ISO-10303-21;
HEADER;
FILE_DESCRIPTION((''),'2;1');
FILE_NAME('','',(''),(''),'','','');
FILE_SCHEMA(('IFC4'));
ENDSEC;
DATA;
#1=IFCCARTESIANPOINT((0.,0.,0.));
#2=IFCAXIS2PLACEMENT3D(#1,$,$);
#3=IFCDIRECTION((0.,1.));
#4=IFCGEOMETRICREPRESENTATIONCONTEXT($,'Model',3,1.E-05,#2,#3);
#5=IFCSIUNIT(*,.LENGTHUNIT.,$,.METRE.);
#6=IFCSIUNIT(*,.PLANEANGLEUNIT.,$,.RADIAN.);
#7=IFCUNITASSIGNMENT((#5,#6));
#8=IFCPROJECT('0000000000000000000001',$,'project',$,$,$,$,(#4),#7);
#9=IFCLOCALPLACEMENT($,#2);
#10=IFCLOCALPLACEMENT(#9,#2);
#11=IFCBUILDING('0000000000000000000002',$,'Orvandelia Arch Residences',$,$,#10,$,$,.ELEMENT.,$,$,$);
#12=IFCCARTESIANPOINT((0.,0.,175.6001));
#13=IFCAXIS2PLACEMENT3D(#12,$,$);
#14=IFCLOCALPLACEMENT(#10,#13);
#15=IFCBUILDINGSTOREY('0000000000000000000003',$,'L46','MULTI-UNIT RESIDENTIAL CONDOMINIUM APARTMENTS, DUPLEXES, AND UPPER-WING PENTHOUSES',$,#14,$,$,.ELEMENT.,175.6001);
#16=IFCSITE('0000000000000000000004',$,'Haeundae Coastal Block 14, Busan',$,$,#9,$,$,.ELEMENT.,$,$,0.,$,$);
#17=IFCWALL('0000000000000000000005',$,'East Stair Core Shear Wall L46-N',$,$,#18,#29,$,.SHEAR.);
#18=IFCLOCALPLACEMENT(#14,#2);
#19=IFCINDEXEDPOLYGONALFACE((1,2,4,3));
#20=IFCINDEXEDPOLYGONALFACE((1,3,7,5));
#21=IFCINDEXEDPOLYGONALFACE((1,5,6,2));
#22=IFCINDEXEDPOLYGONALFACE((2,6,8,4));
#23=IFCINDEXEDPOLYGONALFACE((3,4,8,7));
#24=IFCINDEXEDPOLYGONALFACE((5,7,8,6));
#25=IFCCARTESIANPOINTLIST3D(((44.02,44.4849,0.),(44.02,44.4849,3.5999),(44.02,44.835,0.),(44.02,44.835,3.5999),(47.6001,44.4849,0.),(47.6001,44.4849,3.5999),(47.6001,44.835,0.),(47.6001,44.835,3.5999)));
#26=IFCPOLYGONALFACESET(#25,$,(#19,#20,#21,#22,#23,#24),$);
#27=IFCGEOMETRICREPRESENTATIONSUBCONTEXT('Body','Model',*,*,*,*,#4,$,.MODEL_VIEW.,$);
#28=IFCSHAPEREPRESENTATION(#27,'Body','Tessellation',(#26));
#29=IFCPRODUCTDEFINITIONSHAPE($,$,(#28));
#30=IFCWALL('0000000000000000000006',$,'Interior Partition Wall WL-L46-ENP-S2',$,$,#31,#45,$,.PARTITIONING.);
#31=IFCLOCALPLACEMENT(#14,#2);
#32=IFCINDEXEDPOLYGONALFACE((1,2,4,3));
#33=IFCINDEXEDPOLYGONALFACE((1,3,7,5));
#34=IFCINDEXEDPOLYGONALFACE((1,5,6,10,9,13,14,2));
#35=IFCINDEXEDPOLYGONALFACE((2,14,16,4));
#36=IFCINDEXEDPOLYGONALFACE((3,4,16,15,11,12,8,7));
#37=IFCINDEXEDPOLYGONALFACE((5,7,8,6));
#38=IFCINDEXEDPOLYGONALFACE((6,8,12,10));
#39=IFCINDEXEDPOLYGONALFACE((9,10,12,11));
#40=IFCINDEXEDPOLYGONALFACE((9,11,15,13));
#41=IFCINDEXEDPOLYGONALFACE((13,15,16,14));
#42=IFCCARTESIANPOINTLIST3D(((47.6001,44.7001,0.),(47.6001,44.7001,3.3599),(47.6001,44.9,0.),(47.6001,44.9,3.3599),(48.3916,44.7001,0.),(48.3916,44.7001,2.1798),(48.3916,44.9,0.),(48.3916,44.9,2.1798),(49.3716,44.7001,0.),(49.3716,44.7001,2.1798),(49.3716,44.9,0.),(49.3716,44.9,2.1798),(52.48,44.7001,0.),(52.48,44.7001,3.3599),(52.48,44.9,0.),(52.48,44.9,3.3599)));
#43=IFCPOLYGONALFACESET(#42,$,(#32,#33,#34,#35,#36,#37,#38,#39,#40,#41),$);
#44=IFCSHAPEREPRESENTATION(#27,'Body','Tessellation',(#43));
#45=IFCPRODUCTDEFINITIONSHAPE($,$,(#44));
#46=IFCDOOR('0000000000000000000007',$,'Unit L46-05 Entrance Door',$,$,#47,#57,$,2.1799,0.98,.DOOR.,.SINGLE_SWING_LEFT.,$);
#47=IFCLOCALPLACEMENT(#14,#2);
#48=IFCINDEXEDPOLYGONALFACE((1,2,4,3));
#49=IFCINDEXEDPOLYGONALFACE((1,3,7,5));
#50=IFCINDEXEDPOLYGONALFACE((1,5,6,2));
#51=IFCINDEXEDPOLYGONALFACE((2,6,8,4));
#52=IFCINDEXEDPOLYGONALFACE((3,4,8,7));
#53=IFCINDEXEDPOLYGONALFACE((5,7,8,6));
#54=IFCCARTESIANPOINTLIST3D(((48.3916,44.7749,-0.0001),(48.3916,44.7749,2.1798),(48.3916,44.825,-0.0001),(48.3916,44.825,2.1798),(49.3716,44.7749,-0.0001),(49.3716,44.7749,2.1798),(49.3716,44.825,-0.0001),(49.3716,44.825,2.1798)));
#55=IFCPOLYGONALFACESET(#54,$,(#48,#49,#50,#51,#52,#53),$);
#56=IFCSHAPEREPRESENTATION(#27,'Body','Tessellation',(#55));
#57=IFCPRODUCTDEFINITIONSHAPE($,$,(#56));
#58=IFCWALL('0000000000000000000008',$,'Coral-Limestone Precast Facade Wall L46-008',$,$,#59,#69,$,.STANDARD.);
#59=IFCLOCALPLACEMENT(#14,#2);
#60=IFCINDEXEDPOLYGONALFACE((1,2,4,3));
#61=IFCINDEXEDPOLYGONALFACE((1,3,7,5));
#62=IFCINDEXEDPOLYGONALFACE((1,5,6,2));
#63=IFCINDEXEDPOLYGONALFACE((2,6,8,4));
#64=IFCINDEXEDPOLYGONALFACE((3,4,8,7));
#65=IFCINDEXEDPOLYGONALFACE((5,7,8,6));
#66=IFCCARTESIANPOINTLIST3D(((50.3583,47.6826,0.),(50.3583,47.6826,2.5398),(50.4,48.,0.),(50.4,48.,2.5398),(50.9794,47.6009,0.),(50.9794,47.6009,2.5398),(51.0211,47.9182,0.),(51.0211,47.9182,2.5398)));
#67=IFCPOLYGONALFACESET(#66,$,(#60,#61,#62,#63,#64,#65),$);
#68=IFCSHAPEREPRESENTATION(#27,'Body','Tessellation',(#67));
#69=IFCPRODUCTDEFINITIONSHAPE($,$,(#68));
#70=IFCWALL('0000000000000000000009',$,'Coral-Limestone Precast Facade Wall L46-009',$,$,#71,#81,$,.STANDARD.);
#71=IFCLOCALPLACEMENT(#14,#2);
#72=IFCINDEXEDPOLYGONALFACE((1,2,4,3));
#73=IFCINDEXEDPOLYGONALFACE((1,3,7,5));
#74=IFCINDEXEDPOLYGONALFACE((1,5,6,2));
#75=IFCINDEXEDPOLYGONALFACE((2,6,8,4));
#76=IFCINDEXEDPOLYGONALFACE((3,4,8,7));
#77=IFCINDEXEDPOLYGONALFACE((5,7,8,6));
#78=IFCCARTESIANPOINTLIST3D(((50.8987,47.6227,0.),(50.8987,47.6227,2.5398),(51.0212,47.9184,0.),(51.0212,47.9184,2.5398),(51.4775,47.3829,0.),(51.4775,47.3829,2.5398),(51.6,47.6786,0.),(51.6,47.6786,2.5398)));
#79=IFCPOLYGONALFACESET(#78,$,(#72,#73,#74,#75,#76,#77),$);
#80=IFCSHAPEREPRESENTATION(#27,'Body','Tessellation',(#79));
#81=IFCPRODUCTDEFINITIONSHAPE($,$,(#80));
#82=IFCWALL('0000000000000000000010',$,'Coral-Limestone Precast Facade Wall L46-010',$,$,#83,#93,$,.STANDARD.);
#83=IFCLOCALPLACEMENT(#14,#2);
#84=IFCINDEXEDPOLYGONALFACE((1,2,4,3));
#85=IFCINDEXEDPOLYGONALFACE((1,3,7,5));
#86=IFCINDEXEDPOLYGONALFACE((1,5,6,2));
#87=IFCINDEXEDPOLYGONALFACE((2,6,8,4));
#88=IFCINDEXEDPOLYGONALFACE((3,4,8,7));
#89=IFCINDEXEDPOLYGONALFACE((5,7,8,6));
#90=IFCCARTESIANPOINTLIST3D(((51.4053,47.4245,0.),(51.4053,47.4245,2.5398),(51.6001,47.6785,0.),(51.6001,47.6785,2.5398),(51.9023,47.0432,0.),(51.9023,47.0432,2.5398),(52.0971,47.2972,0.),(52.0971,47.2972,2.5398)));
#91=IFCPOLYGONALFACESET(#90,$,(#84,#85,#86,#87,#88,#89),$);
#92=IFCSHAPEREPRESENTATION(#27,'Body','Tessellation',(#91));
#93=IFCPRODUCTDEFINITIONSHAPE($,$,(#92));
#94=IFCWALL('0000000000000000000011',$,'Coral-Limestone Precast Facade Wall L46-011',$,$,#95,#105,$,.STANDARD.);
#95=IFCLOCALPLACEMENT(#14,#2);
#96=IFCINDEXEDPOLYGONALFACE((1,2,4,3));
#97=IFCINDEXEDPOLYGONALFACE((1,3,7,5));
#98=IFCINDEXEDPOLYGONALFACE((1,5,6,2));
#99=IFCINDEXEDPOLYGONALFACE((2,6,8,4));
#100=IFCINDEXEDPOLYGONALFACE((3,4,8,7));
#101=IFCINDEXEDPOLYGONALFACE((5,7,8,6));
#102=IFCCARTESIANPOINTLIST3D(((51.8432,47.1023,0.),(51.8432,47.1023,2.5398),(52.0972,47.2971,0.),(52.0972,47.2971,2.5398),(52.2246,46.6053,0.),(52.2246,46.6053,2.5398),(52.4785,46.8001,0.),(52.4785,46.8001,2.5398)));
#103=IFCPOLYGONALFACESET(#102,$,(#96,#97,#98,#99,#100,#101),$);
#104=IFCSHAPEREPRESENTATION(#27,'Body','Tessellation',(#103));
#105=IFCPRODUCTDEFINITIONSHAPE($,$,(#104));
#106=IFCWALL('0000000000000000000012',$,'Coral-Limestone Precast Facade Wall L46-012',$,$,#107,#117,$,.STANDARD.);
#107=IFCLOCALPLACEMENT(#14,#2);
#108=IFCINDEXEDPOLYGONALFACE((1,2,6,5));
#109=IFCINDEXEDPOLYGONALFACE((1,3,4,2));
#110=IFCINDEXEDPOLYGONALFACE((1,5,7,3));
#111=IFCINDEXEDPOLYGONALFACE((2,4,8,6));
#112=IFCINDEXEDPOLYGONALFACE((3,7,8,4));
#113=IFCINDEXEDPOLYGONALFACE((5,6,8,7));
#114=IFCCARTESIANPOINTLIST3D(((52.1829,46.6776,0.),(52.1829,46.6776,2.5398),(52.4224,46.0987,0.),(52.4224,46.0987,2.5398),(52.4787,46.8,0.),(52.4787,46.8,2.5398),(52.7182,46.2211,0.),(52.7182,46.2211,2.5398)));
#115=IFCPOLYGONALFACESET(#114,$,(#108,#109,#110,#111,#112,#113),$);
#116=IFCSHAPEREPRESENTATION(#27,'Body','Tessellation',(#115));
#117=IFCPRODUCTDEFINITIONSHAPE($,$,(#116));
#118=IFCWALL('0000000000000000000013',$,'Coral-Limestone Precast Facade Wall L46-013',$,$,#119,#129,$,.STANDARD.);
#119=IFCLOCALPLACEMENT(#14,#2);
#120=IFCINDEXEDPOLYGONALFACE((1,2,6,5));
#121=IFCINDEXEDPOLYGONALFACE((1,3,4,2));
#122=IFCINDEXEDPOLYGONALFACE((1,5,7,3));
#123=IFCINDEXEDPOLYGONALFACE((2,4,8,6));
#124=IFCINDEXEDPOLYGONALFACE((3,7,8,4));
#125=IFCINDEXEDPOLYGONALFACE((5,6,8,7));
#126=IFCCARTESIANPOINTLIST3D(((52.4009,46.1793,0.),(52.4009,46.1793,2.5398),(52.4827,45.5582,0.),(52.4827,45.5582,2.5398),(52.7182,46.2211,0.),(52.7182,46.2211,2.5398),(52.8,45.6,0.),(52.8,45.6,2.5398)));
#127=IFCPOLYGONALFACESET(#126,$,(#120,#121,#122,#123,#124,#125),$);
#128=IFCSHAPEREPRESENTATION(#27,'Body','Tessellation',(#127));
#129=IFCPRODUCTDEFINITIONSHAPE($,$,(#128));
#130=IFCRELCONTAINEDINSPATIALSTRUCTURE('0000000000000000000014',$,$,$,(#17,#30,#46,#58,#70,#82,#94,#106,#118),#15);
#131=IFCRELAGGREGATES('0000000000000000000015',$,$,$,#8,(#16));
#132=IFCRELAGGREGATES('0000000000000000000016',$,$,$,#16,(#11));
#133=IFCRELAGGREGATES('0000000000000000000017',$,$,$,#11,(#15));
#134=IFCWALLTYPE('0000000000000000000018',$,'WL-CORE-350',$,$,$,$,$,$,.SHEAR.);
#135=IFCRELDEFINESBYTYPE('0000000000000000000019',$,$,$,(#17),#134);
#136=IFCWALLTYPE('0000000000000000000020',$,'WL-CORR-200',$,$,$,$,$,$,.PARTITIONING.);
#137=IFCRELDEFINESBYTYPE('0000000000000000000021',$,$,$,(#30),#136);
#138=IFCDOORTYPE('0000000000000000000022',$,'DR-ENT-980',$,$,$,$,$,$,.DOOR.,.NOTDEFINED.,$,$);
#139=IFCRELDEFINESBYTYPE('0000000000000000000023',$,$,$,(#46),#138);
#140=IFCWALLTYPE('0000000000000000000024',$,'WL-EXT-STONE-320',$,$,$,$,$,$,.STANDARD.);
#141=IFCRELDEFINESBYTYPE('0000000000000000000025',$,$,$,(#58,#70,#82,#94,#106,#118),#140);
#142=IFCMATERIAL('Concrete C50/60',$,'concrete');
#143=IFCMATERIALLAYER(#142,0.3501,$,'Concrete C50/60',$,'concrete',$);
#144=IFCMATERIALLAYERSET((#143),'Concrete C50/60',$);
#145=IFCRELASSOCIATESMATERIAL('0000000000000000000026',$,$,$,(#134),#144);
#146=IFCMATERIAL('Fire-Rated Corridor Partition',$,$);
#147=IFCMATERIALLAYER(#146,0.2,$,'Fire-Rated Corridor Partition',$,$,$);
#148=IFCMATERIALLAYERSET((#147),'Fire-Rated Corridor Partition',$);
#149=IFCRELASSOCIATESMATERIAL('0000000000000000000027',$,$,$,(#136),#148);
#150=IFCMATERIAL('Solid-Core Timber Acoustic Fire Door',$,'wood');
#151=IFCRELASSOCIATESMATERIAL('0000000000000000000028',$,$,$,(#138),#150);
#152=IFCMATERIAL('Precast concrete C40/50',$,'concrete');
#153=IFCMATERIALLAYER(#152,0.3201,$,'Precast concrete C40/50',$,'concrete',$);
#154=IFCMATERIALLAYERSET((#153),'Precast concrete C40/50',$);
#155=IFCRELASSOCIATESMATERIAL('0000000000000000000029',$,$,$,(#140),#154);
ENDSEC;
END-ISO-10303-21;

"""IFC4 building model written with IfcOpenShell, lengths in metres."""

from ifc_helpers import new_model, si_unit, direction, frame, frame_2d, origin, place, context, subcontext, project, spatial, rectangle, extrude, material, layer, layer_set, type_object, element, fill, save


model = new_model("IFC4")

# Units and contexts
model_context = context("Model", 3, precision=1e-05, world=origin(), true_north=direction((0.0, 1.0)))
body_context = subcontext(model_context, "Body", "Model", "MODEL_VIEW")
ifc_project = project(units=[si_unit("LENGTHUNIT", "METRE"), si_unit("PLANEANGLEUNIT", "RADIAN")], contexts=[model_context])

# Site, building, storey
site_placement = place(None, origin())
site = spatial("IfcSite", under=ifc_project, at=site_placement, Name="Haeundae Coastal Block 14, Busan", CompositionType="ELEMENT", RefElevation=0.0)
building_placement = place(site_placement, origin())
building = spatial("IfcBuilding", under=site, at=building_placement, Name="Orvandelia Arch Residences", CompositionType="ELEMENT")
storey_placement = place(building_placement, frame((0.0, 0.0, 175.6001)))
storey = spatial("IfcBuildingStorey", under=building, at=storey_placement, Name="L46", Description="MULTI-UNIT RESIDENTIAL CONDOMINIUM APARTMENTS, DUPLEXES, AND UPPER-WING PENTHOUSES", CompositionType="ELEMENT", Elevation=175.6001)

# Wall
ifc_material_1 = material(Name="Concrete C50/60", Category="concrete")
ifc_layer_1 = layer(ifc_material_1, 0.3501, Name="Concrete C50/60", Category="concrete")
ifc_layer_set_1 = layer_set([ifc_layer_1], Name="Concrete C50/60")
wall_type_1 = type_object("IfcWallType", Name="WL-CORE-350", PredefinedType="SHEAR", material=ifc_layer_set_1)
wall_1_placement = place(storey_placement, frame((44.02, 44.6599, 0.0), z_axis=(0.0, 0.0, 1.0), x_axis=(1.0, 0.0, 0.0)))
element("IfcWall", 1, at=wall_1_placement, inside=storey, type_object=wall_type_1, Name="East Stair Core Shear Wall L46-N", PredefinedType="SHEAR", context=body_context, shape_type="SweptSolid", body=[
    extrude(rectangle(XDim=3.5801, YDim=0.3501, at=frame_2d((1.79, 0.0))), origin(), (0.0, 0.0, 1.0), 3.5999),
])

# Wall, opening, door
ifc_material_2 = material(Name="Fire-Rated Corridor Partition")
ifc_layer_2 = layer(ifc_material_2, 0.2, Name="Fire-Rated Corridor Partition")
ifc_layer_set_2 = layer_set([ifc_layer_2], Name="Fire-Rated Corridor Partition")
wall_type_2 = type_object("IfcWallType", Name="WL-CORR-200", PredefinedType="PARTITIONING", material=ifc_layer_set_2)
wall_2_placement = place(storey_placement, frame((47.6001, 44.8, 0.0), z_axis=(0.0, 0.0, 1.0), x_axis=(1.0, 0.0, 0.0)))
wall_2 = element("IfcWall", 2, at=wall_2_placement, inside=storey, type_object=wall_type_2, Name="Interior Partition Wall WL-L46-ENP-S2", PredefinedType="PARTITIONING", context=body_context, shape_type="SweptSolid", body=[
    extrude(rectangle(XDim=4.8799, YDim=0.2, at=frame_2d((2.4399, 0.0))), origin(), (0.0, 0.0, 1.0), 3.3599),
])
opening_1_placement = place(wall_2_placement, frame((0.7915, 0.0, 0.0)))
opening_1 = element("IfcOpeningElement", 3, at=opening_1_placement, cuts=wall_2, PredefinedType="OPENING", context=body_context, shape_type="SweptSolid", body=[
    extrude(rectangle(XDim=0.98, YDim=2.1799, at=frame_2d((0.49, 1.0898))), frame((0.0, 0.1099, 0.0), z_axis=(0.0, -1.0, 0.0), x_axis=(1.0, 0.0, 0.0)), (0.0, 0.0, 1.0), 0.22),
])
ifc_material_3 = material(Name="Solid-Core Timber Acoustic Fire Door", Category="wood")
door_type_1 = type_object("IfcDoorType", Name="DR-ENT-980", OperationType="NOTDEFINED", PredefinedType="DOOR", material=ifc_material_3)
door_1_placement = place(opening_1_placement, origin())
door_1 = element("IfcDoor", 4, at=door_1_placement, inside=storey, type_object=door_type_1, Name="Unit L46-05 Entrance Door", OperationType="SINGLE_SWING_LEFT", OverallHeight=2.1799, OverallWidth=0.98, PredefinedType="DOOR", context=body_context, shape_type="SweptSolid", body=[
    extrude(rectangle(XDim=0.98, YDim=2.1799, at=frame_2d((0.49, 1.0898))), frame((0.0, 0.0249, 0.0), z_axis=(0.0, -1.0, 0.0), x_axis=(1.0, 0.0, 0.0)), (0.0, 0.0, 1.0), 0.05),
])
fill(opening_1, door_1)

# Walls
ifc_material_4 = material(Name="Precast concrete C40/50", Category="concrete")
ifc_layer_3 = layer(ifc_material_4, 0.3201, Name="Precast concrete C40/50", Category="concrete")
ifc_layer_set_3 = layer_set([ifc_layer_3], Name="Precast concrete C40/50")
wall_type_3 = type_object("IfcWallType", Name="WL-EXT-STONE-320", PredefinedType="STANDARD", material=ifc_layer_set_3)
for number, where, z_axis, x_axis, name in (
    (5, (50.3792, 47.8413, 0.0), (0.0, 0.0, 1.0), (0.991441, -0.130555, 0.0), "Coral-Limestone Precast Facade Wall L46-008"),
    (6, (50.96, 47.7705, 0.0), (0.0, 0.0, 1.0), (0.923893, -0.38265, 0.0), "Coral-Limestone Precast Facade Wall L46-009"),
    (7, (51.5027, 47.5515, 0.0), (0.0, 0.0, 1.0), (0.793406, -0.608693, 0.0), "Coral-Limestone Precast Facade Wall L46-010"),
    (8, (51.9702, 47.1997, 0.0), (0.0, 0.0, 1.0), (0.608693, -0.793406, 0.0), "Coral-Limestone Precast Facade Wall L46-011"),
    (9, (52.3308, 46.7388, 0.0), (0.0, 0.0, 1.0), (0.382317, -0.924031, 0.0), "Coral-Limestone Precast Facade Wall L46-012"),
    (10, (52.5596, 46.2002, 0.0), (0.0, 0.0, 1.0), (0.130555, -0.991441, 0.0), "Coral-Limestone Precast Facade Wall L46-013"),
):
    element("IfcWall", number, at=place(storey_placement, frame(where, z_axis=z_axis, x_axis=x_axis)), inside=storey, type_object=wall_type_3, Name=name, PredefinedType="STANDARD", context=body_context, shape_type="SweptSolid", body=[
        extrude(rectangle(XDim=0.6265, YDim=0.3201, at=frame_2d((0.3132, 0.0))), origin(), (0.0, 0.0, 1.0), 2.5398),
    ])

save(model, "model.ifc")
